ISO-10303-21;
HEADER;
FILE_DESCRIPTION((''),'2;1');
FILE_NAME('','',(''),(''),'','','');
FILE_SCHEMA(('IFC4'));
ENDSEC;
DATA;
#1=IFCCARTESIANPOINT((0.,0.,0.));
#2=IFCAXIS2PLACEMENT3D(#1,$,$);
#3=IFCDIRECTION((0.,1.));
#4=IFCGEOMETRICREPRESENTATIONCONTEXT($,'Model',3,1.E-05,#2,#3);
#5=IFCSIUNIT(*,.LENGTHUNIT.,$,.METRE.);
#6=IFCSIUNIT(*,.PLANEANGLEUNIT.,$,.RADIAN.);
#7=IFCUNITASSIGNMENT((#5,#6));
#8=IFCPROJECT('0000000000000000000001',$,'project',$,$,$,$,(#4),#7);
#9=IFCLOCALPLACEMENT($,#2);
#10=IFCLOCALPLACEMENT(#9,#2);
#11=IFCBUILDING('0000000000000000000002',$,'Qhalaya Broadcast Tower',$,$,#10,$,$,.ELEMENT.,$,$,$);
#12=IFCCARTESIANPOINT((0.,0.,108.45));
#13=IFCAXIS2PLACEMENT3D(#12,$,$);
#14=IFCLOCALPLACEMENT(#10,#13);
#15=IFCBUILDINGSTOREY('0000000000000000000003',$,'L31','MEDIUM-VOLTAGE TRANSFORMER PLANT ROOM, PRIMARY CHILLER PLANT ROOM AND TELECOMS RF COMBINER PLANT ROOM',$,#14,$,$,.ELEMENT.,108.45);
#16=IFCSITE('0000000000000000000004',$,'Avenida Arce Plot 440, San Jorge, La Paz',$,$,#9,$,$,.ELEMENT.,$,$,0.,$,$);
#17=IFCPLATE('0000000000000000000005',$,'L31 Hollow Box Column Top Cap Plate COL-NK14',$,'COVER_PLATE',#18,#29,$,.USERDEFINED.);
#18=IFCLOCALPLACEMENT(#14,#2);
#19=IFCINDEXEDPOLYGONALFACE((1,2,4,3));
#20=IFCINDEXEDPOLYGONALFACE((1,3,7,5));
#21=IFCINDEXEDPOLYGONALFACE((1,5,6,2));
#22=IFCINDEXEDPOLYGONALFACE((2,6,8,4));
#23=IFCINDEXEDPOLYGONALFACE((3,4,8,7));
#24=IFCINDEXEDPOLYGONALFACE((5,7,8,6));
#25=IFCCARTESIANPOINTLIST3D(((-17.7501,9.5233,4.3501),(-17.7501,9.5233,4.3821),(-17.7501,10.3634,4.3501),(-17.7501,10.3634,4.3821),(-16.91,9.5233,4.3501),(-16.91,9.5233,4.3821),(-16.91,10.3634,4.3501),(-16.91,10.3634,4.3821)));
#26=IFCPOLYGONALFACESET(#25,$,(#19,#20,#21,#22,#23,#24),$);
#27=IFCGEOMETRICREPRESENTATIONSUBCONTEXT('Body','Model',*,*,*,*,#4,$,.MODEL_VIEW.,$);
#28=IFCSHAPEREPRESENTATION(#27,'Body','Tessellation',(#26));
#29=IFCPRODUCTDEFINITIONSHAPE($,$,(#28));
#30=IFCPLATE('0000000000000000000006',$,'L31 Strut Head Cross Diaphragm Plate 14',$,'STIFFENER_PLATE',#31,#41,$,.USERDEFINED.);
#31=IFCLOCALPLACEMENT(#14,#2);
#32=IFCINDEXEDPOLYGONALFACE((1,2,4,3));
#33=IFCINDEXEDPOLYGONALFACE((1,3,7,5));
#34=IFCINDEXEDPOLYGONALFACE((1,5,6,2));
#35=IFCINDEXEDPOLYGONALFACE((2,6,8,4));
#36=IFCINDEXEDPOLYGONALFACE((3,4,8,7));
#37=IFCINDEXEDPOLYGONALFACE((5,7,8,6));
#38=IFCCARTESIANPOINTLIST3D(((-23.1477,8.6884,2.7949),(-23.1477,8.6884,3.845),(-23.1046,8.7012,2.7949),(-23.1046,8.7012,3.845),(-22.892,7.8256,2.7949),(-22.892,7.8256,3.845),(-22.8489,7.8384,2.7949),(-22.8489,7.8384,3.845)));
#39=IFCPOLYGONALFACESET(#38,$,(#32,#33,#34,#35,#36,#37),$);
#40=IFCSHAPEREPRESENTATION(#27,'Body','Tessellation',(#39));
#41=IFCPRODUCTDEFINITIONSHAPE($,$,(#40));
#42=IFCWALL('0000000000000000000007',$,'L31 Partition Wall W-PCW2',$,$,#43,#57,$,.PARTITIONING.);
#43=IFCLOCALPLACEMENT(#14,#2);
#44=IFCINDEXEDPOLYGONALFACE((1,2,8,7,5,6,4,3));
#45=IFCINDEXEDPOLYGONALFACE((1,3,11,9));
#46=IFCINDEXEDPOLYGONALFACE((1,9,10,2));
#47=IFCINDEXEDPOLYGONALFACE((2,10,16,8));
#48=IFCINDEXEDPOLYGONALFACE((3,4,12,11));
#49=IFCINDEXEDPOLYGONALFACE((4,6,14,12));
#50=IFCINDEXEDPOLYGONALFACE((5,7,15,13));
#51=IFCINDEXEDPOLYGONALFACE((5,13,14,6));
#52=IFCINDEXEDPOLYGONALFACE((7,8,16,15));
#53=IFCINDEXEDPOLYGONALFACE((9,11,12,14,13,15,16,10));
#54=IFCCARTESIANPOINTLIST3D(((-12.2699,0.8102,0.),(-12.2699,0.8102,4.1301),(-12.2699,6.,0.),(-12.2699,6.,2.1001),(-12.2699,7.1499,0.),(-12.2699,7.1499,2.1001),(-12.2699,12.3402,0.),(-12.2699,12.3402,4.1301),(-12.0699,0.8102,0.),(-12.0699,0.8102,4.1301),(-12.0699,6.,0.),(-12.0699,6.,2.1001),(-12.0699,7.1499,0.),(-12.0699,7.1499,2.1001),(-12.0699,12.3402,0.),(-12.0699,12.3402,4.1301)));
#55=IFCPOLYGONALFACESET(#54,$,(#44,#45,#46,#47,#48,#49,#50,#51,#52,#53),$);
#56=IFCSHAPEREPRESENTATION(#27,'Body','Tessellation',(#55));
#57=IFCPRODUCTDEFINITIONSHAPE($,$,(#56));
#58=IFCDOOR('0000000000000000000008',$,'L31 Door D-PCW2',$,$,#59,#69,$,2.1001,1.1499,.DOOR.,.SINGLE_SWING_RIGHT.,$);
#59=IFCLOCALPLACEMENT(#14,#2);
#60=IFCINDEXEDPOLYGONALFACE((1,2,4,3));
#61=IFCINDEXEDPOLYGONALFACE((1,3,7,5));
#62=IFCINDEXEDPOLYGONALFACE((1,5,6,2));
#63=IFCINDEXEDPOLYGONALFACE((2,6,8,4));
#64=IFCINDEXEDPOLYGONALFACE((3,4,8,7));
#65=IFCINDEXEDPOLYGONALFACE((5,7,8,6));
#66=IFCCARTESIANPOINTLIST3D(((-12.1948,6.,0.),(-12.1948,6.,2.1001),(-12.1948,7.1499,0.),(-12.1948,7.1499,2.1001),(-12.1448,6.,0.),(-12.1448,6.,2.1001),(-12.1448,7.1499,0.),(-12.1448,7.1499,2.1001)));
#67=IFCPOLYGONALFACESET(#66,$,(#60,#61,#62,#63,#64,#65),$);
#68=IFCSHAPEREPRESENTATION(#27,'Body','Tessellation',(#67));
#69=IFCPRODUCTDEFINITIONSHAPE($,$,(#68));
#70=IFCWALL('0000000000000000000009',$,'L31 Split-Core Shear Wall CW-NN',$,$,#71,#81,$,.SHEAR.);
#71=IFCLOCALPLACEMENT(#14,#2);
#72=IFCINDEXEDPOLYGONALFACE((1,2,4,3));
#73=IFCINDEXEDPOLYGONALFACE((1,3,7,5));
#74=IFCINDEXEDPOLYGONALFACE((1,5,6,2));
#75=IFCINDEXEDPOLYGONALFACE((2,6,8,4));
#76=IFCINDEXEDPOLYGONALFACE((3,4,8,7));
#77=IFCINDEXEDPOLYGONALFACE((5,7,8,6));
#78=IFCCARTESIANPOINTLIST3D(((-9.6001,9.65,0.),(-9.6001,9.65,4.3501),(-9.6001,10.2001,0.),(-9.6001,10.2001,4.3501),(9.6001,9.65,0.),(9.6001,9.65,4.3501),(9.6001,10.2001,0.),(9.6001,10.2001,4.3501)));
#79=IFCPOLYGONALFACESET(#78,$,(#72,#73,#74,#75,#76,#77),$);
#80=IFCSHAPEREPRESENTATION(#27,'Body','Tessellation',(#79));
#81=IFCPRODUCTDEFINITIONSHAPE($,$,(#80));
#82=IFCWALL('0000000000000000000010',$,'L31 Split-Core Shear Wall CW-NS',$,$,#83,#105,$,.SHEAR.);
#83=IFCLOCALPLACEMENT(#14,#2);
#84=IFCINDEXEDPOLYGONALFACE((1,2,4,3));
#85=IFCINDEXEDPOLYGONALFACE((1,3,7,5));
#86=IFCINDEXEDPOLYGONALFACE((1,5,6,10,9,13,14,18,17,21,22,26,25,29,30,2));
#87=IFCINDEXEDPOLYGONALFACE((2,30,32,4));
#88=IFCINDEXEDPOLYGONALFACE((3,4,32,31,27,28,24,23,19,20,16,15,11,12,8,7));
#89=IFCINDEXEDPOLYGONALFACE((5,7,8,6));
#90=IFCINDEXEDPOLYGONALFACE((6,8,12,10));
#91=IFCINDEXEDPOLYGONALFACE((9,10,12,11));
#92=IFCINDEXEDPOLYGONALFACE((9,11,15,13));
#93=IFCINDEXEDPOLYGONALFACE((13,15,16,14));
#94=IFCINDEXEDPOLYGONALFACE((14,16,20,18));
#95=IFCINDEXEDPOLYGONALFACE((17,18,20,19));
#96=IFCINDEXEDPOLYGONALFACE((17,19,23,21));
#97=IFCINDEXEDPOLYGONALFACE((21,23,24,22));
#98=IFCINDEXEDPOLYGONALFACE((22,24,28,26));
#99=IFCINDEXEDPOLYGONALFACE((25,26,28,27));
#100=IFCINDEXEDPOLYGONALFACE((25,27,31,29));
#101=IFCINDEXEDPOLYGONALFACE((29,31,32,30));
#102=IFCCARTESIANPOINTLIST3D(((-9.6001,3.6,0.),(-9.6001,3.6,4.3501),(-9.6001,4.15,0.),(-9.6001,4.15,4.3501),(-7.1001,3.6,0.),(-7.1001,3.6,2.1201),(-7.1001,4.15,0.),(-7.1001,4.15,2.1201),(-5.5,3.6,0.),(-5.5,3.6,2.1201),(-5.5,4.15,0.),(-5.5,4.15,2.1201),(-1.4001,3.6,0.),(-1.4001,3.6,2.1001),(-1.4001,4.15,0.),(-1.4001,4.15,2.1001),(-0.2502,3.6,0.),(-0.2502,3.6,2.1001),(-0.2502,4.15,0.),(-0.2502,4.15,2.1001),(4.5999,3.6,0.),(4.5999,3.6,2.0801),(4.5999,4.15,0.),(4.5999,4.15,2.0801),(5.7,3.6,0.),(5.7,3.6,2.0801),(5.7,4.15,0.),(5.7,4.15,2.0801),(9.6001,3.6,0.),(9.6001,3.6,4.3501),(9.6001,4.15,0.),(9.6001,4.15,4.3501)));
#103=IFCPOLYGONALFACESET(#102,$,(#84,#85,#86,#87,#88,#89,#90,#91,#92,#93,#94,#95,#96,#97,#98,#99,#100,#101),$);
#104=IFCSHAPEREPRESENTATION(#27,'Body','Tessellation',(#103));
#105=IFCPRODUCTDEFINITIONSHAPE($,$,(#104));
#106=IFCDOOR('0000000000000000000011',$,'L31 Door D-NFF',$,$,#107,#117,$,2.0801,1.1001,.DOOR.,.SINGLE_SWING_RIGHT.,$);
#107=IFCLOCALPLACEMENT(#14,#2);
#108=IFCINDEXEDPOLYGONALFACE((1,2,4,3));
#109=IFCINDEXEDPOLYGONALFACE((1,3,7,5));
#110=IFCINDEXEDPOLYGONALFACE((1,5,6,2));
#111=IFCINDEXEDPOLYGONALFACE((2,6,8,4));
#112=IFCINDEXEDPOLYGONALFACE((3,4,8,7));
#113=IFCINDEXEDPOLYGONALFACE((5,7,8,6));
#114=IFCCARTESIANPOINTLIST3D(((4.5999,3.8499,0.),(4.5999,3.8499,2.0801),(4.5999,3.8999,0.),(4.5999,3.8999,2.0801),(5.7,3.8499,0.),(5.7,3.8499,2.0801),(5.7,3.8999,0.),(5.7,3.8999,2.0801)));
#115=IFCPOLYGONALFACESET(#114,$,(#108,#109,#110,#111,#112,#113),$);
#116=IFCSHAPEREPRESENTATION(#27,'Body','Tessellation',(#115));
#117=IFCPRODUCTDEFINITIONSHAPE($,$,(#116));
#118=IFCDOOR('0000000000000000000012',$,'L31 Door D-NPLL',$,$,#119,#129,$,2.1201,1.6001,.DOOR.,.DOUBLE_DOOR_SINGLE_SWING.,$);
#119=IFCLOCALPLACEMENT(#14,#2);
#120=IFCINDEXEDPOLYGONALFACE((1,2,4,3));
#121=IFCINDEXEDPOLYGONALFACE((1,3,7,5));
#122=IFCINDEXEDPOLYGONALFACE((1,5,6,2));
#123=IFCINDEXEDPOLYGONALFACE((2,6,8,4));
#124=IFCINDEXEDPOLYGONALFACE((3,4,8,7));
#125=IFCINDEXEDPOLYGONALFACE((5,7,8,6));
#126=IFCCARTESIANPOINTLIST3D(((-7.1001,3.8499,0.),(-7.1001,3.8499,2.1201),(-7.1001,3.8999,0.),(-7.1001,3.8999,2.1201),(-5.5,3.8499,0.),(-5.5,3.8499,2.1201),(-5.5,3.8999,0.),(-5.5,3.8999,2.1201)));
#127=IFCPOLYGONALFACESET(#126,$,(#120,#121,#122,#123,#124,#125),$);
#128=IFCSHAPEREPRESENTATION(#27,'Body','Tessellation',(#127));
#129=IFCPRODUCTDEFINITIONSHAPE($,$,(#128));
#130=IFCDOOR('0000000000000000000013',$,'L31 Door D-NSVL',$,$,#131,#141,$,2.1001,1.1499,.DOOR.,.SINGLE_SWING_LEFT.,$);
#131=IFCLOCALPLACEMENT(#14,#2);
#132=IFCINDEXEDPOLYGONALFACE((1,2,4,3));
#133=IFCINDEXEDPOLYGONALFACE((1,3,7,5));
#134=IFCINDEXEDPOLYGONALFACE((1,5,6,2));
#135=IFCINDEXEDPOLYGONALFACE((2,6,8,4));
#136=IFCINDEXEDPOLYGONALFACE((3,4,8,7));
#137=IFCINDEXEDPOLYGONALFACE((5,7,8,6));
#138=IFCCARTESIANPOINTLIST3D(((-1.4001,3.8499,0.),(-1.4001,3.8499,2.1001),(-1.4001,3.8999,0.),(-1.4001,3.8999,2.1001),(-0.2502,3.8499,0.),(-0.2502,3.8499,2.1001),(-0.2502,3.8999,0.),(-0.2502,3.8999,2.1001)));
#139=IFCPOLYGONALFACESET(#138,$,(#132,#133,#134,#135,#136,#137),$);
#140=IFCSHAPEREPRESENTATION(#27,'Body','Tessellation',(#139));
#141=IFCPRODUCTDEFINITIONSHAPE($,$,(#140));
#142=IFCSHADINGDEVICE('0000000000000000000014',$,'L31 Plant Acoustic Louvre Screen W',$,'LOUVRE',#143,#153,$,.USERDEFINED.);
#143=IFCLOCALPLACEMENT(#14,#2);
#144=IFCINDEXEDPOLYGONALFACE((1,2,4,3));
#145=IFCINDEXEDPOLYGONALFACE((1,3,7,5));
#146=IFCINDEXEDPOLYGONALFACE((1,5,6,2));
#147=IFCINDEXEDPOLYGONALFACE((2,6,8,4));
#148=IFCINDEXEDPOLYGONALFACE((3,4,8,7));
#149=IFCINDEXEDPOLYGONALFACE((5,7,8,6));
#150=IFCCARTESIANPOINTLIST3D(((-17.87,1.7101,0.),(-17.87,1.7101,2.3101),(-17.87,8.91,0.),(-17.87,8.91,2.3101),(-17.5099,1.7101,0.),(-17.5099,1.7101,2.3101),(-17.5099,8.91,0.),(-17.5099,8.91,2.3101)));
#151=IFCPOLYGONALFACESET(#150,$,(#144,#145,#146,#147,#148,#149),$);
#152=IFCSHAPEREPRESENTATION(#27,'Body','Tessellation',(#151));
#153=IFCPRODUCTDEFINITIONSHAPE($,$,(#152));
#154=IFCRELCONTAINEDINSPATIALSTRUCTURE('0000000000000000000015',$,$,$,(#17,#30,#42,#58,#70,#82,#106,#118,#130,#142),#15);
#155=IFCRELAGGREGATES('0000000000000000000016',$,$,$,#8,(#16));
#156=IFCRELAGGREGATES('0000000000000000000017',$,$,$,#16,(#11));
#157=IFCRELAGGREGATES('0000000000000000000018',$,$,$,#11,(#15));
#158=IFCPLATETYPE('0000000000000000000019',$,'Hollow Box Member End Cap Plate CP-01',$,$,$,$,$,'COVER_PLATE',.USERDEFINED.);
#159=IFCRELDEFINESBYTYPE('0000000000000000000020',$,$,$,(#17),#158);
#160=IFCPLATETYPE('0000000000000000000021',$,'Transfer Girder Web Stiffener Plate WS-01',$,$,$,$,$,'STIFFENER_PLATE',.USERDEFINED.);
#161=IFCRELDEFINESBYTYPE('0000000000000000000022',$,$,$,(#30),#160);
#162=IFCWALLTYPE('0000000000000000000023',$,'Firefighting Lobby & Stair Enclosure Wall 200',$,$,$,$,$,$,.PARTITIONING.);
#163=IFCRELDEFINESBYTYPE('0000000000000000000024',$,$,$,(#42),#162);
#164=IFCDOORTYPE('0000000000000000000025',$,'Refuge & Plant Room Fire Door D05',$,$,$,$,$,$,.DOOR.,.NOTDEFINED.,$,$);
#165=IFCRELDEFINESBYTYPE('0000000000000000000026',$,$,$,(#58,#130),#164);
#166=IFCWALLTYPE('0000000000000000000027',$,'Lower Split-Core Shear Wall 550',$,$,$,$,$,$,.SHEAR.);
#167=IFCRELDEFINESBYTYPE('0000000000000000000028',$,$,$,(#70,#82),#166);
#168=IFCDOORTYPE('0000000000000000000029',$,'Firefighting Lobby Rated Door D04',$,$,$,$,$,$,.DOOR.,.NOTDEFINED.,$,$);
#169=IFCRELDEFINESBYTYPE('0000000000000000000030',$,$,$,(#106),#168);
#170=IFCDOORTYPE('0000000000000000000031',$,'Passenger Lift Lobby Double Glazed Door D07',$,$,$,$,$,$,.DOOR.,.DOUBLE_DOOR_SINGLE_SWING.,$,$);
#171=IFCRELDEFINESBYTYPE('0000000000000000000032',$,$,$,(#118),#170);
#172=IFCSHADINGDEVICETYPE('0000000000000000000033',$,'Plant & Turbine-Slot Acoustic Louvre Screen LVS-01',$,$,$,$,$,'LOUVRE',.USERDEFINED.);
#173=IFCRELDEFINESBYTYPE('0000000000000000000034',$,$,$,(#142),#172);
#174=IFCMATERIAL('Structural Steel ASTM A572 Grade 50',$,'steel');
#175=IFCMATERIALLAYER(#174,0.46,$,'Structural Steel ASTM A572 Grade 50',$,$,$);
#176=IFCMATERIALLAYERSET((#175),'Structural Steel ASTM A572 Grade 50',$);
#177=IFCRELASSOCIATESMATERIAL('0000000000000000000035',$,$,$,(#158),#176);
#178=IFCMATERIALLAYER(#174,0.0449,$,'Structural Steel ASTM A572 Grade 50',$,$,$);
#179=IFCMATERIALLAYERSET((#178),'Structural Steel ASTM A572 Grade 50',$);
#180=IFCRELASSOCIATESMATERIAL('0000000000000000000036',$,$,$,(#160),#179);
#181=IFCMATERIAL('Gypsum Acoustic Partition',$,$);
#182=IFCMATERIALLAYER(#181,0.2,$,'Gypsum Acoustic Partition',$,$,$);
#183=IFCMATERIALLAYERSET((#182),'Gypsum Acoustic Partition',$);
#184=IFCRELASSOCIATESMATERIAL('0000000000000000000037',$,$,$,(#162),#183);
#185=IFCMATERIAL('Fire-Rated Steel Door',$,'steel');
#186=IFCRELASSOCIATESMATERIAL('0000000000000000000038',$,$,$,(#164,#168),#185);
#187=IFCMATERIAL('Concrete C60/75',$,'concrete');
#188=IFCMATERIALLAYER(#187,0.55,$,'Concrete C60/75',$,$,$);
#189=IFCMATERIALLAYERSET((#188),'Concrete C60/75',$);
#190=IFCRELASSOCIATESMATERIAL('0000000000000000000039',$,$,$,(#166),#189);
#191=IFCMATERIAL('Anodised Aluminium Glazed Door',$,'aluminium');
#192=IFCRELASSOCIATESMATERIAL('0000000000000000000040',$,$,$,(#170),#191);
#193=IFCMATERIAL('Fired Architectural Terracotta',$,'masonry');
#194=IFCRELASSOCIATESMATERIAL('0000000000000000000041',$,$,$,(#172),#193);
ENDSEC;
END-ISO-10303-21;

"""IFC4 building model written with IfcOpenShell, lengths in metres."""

from ifc_helpers import new_model, si_unit, direction, frame, frame_2d, origin, origin_2d, place, context, subcontext, project, spatial, rectangle, extrude, material, layer, layer_set, type_object, element, fill, save


model = new_model("IFC4")

# Units and contexts
model_context = context("Model", 3, precision=1e-05, world=origin(), true_north=direction((0.0, 1.0)))
body_context = subcontext(model_context, "Body", "Model", "MODEL_VIEW")
ifc_project = project(units=[si_unit("LENGTHUNIT", "METRE"), si_unit("PLANEANGLEUNIT", "RADIAN")], contexts=[model_context])

# Site, building, storey
site_placement = place(None, origin())
site = spatial("IfcSite", under=ifc_project, at=site_placement, Name="Avenida Arce Plot 440, San Jorge, La Paz", CompositionType="ELEMENT", RefElevation=0.0)
building_placement = place(site_placement, origin())
building = spatial("IfcBuilding", under=site, at=building_placement, Name="Qhalaya Broadcast Tower", CompositionType="ELEMENT")
storey_placement = place(building_placement, frame((0.0, 0.0, 108.45)))
storey = spatial("IfcBuildingStorey", under=building, at=storey_placement, Name="L31", Description="MEDIUM-VOLTAGE TRANSFORMER PLANT ROOM, PRIMARY CHILLER PLANT ROOM AND TELECOMS RF COMBINER PLANT ROOM", CompositionType="ELEMENT", Elevation=108.45)

# Shared definitions
ifc_material_1 = material(Name="Structural Steel ASTM A572 Grade 50", Category="steel")

# Plates
ifc_layer_1 = layer(ifc_material_1, 0.46, Name="Structural Steel ASTM A572 Grade 50")
ifc_layer_set_1 = layer_set([ifc_layer_1], Name="Structural Steel ASTM A572 Grade 50")
plate_type_1 = type_object("IfcPlateType", Name="Hollow Box Member End Cap Plate CP-01", ElementType="COVER_PLATE", PredefinedType="USERDEFINED", material=ifc_layer_set_1)
plate_1_placement = place(storey_placement, frame((-17.3301, 9.9434, 4.3501), z_axis=(0.0, 0.0, 1.0), x_axis=(0.0, 1.0, 0.0)))
element("IfcPlate", 1, at=plate_1_placement, inside=storey, type_object=plate_type_1, Name="L31 Hollow Box Column Top Cap Plate COL-NK14", ObjectType="COVER_PLATE", PredefinedType="USERDEFINED", context=body_context, shape_type="SweptSolid", body=[
    extrude(rectangle(XDim=0.8401, YDim=0.8401, at=origin_2d()), origin(), (0.0, 0.0, 1.0), 0.032),
])
ifc_layer_2 = layer(ifc_material_1, 0.0449, Name="Structural Steel ASTM A572 Grade 50")
ifc_layer_set_2 = layer_set([ifc_layer_2], Name="Structural Steel ASTM A572 Grade 50")
plate_type_2 = type_object("IfcPlateType", Name="Transfer Girder Web Stiffener Plate WS-01", ElementType="STIFFENER_PLATE", PredefinedType="USERDEFINED", material=ifc_layer_set_2)
plate_2_placement = place(storey_placement, frame((-22.9983, 8.2634, 2.7949), z_axis=(0.0, 0.0, 1.0), x_axis=(0.284149, -0.95878, 0.0)))
element("IfcPlate", 2, at=plate_2_placement, inside=storey, type_object=plate_type_2, Name="L31 Strut Head Cross Diaphragm Plate 14", ObjectType="STIFFENER_PLATE", PredefinedType="USERDEFINED", context=body_context, shape_type="SweptSolid", body=[
    extrude(rectangle(XDim=0.8999, YDim=0.0449, at=origin_2d()), origin(), (0.0, 0.0, 1.0), 1.05),
])

# Wall, opening, door
ifc_material_2 = material(Name="Gypsum Acoustic Partition")
ifc_layer_3 = layer(ifc_material_2, 0.2, Name="Gypsum Acoustic Partition")
ifc_layer_set_3 = layer_set([ifc_layer_3], Name="Gypsum Acoustic Partition")
wall_type_1 = type_object("IfcWallType", Name="Firefighting Lobby & Stair Enclosure Wall 200", PredefinedType="PARTITIONING", material=ifc_layer_set_3)
wall_1_placement = place(storey_placement, frame((-12.1699, 0.8101, 0.0), z_axis=(0.0, 0.0, 1.0), x_axis=(0.0, 1.0, 0.0)))
wall_1 = element("IfcWall", 3, at=wall_1_placement, inside=storey, type_object=wall_type_1, Name="L31 Partition Wall W-PCW2", PredefinedType="PARTITIONING", context=body_context, shape_type="SweptSolid", body=[
    extrude(rectangle(XDim=11.53, YDim=0.2, at=frame_2d((5.7651, 0.0))), origin(), (0.0, 0.0, 1.0), 4.1301),
])
opening_1_placement = place(wall_1_placement, frame((5.1899, 0.0, 0.0)))
opening_1 = element("IfcOpeningElement", 4, at=opening_1_placement, cuts=wall_1, PredefinedType="OPENING", context=body_context, shape_type="SweptSolid", body=[
    extrude(rectangle(XDim=1.1499, YDim=2.1001, at=frame_2d((0.575, 1.05))), frame((0.0, 0.1121, 0.0), z_axis=(0.0, -1.0, 0.0), x_axis=(1.0, 0.0, 0.0)), (0.0, 0.0, 1.0), 0.2239),
])
ifc_material_3 = material(Name="Fire-Rated Steel Door", Category="steel")
door_type_1 = type_object("IfcDoorType", Name="Refuge & Plant Room Fire Door D05", OperationType="NOTDEFINED", PredefinedType="DOOR", material=ifc_material_3)
door_1_placement = place(opening_1_placement, origin())
door_1 = element("IfcDoor", 5, at=door_1_placement, inside=storey, type_object=door_type_1, Name="L31 Door D-PCW2", OperationType="SINGLE_SWING_RIGHT", OverallHeight=2.1001, OverallWidth=1.1499, PredefinedType="DOOR", context=body_context, shape_type="SweptSolid", body=[
    extrude(rectangle(XDim=1.1499, YDim=2.1001, at=frame_2d((0.575, 1.05))), frame((0.0, 0.0249, 0.0), z_axis=(0.0, -1.0, 0.0), x_axis=(1.0, 0.0, 0.0)), (0.0, 0.0, 1.0), 0.05),
])
fill(opening_1, door_1)

# Wall
ifc_material_4 = material(Name="Concrete C60/75", Category="concrete")
ifc_layer_4 = layer(ifc_material_4, 0.55, Name="Concrete C60/75")
ifc_layer_set_4 = layer_set([ifc_layer_4], Name="Concrete C60/75")
wall_type_2 = type_object("IfcWallType", Name="Lower Split-Core Shear Wall 550", PredefinedType="SHEAR", material=ifc_layer_set_4)
wall_2_placement = place(storey_placement, frame((-9.6001, 9.925, 0.0), z_axis=(0.0, 0.0, 1.0), x_axis=(1.0, 0.0, 0.0)))
element("IfcWall", 6, at=wall_2_placement, inside=storey, type_object=wall_type_2, Name="L31 Split-Core Shear Wall CW-NN", PredefinedType="SHEAR", context=body_context, shape_type="SweptSolid", body=[
    extrude(rectangle(XDim=19.2002, YDim=0.55, at=frame_2d((9.6001, 0.0))), origin(), (0.0, 0.0, 1.0), 4.3501),
])

# Wall, openings, doors
wall_3_placement = place(storey_placement, frame((-9.6001, 3.875, 0.0), z_axis=(0.0, 0.0, 1.0), x_axis=(1.0, 0.0, 0.0)))
wall_3 = element("IfcWall", 7, at=wall_3_placement, inside=storey, type_object=wall_type_2, Name="L31 Split-Core Shear Wall CW-NS", PredefinedType="SHEAR", context=body_context, shape_type="SweptSolid", body=[
    extrude(rectangle(XDim=19.2002, YDim=0.55, at=frame_2d((9.6001, 0.0))), origin(), (0.0, 0.0, 1.0), 4.3501),
])
opening_2_placement = place(wall_3_placement, frame((14.2, 0.0, 0.0)))
opening_2 = element("IfcOpeningElement", 8, at=opening_2_placement, cuts=wall_3, PredefinedType="OPENING", context=body_context, shape_type="SweptSolid", body=[
    extrude(rectangle(XDim=1.1001, YDim=2.0801, at=frame_2d((0.55, 1.04))), frame((0.0, 0.2871, 0.0), z_axis=(0.0, -1.0, 0.0), x_axis=(1.0, 0.0, 0.0)), (0.0, 0.0, 1.0), 0.574),
])
opening_3_placement = place(wall_3_placement, frame((8.2, 0.0, 0.0)))
opening_3 = element("IfcOpeningElement", 9, at=opening_3_placement, cuts=wall_3, PredefinedType="OPENING", context=body_context, shape_type="SweptSolid", body=[
    extrude(rectangle(XDim=1.1499, YDim=2.1001, at=frame_2d((0.575, 1.05))), frame((0.0, 0.2871, 0.0), z_axis=(0.0, -1.0, 0.0), x_axis=(1.0, 0.0, 0.0)), (0.0, 0.0, 1.0), 0.574),
])
opening_4_placement = place(wall_3_placement, frame((2.5, 0.0, 0.0)))
opening_4 = element("IfcOpeningElement", 10, at=opening_4_placement, cuts=wall_3, PredefinedType="OPENING", context=body_context, shape_type="SweptSolid", body=[
    extrude(rectangle(XDim=1.6001, YDim=2.1201, at=frame_2d((0.8, 1.0601))), frame((0.0, 0.2871, 0.0), z_axis=(0.0, -1.0, 0.0), x_axis=(1.0, 0.0, 0.0)), (0.0, 0.0, 1.0), 0.574),
])
door_type_2 = type_object("IfcDoorType", Name="Firefighting Lobby Rated Door D04", OperationType="NOTDEFINED", PredefinedType="DOOR", material=ifc_material_3)
door_2_placement = place(opening_2_placement, origin())
door_2 = element("IfcDoor", 11, at=door_2_placement, inside=storey, type_object=door_type_2, Name="L31 Door D-NFF", OperationType="SINGLE_SWING_RIGHT", OverallHeight=2.0801, OverallWidth=1.1001, PredefinedType="DOOR", context=body_context, shape_type="SweptSolid", body=[
    extrude(rectangle(XDim=1.1001, YDim=2.0801, at=frame_2d((0.55, 1.04))), frame((0.0, 0.0249, 0.0), z_axis=(0.0, -1.0, 0.0), x_axis=(1.0, 0.0, 0.0)), (0.0, 0.0, 1.0), 0.05),
])
fill(opening_2, door_2)
ifc_material_5 = material(Name="Anodised Aluminium Glazed Door", Category="aluminium")
door_type_3 = type_object("IfcDoorType", Name="Passenger Lift Lobby Double Glazed Door D07", OperationType="DOUBLE_DOOR_SINGLE_SWING", PredefinedType="DOOR", material=ifc_material_5)
door_3_placement = place(opening_4_placement, origin())
door_3 = element("IfcDoor", 12, at=door_3_placement, inside=storey, type_object=door_type_3, Name="L31 Door D-NPLL", OperationType="DOUBLE_DOOR_SINGLE_SWING", OverallHeight=2.1201, OverallWidth=1.6001, PredefinedType="DOOR", context=body_context, shape_type="SweptSolid", body=[
    extrude(rectangle(XDim=1.6001, YDim=2.1201, at=frame_2d((0.8, 1.0601))), frame((0.0, 0.0249, 0.0), z_axis=(0.0, -1.0, 0.0), x_axis=(1.0, 0.0, 0.0)), (0.0, 0.0, 1.0), 0.05),
])
fill(opening_4, door_3)
door_4_placement = place(opening_3_placement, origin())
door_4 = element("IfcDoor", 13, at=door_4_placement, inside=storey, type_object=door_type_1, Name="L31 Door D-NSVL", OperationType="SINGLE_SWING_LEFT", OverallHeight=2.1001, OverallWidth=1.1499, PredefinedType="DOOR", context=body_context, shape_type="SweptSolid", body=[
    extrude(rectangle(XDim=1.1499, YDim=2.1001, at=frame_2d((0.575, 1.05))), frame((0.0, 0.0249, 0.0), z_axis=(0.0, -1.0, 0.0), x_axis=(1.0, 0.0, 0.0)), (0.0, 0.0, 1.0), 0.05),
])
fill(opening_3, door_4)

# Shading device
ifc_material_6 = material(Name="Fired Architectural Terracotta", Category="masonry")
shading_device_type = type_object("IfcShadingDeviceType", Name="Plant & Turbine-Slot Acoustic Louvre Screen LVS-01", ElementType="LOUVRE", PredefinedType="USERDEFINED", material=ifc_material_6)
shading_device_placement = place(storey_placement, frame((-17.6899, 5.3101, 0.0), z_axis=(0.0, 0.0, 1.0), x_axis=(0.0, 1.0, 0.0)))
element("IfcShadingDevice", 14, at=shading_device_placement, inside=storey, type_object=shading_device_type, Name="L31 Plant Acoustic Louvre Screen W", ObjectType="LOUVRE", PredefinedType="USERDEFINED", context=body_context, shape_type="SweptSolid", body=[
    extrude(rectangle(XDim=7.2, YDim=0.3601, at=origin_2d()), origin(), (0.0, 0.0, 1.0), 2.3101),
])

save(model, "model.ifc")
